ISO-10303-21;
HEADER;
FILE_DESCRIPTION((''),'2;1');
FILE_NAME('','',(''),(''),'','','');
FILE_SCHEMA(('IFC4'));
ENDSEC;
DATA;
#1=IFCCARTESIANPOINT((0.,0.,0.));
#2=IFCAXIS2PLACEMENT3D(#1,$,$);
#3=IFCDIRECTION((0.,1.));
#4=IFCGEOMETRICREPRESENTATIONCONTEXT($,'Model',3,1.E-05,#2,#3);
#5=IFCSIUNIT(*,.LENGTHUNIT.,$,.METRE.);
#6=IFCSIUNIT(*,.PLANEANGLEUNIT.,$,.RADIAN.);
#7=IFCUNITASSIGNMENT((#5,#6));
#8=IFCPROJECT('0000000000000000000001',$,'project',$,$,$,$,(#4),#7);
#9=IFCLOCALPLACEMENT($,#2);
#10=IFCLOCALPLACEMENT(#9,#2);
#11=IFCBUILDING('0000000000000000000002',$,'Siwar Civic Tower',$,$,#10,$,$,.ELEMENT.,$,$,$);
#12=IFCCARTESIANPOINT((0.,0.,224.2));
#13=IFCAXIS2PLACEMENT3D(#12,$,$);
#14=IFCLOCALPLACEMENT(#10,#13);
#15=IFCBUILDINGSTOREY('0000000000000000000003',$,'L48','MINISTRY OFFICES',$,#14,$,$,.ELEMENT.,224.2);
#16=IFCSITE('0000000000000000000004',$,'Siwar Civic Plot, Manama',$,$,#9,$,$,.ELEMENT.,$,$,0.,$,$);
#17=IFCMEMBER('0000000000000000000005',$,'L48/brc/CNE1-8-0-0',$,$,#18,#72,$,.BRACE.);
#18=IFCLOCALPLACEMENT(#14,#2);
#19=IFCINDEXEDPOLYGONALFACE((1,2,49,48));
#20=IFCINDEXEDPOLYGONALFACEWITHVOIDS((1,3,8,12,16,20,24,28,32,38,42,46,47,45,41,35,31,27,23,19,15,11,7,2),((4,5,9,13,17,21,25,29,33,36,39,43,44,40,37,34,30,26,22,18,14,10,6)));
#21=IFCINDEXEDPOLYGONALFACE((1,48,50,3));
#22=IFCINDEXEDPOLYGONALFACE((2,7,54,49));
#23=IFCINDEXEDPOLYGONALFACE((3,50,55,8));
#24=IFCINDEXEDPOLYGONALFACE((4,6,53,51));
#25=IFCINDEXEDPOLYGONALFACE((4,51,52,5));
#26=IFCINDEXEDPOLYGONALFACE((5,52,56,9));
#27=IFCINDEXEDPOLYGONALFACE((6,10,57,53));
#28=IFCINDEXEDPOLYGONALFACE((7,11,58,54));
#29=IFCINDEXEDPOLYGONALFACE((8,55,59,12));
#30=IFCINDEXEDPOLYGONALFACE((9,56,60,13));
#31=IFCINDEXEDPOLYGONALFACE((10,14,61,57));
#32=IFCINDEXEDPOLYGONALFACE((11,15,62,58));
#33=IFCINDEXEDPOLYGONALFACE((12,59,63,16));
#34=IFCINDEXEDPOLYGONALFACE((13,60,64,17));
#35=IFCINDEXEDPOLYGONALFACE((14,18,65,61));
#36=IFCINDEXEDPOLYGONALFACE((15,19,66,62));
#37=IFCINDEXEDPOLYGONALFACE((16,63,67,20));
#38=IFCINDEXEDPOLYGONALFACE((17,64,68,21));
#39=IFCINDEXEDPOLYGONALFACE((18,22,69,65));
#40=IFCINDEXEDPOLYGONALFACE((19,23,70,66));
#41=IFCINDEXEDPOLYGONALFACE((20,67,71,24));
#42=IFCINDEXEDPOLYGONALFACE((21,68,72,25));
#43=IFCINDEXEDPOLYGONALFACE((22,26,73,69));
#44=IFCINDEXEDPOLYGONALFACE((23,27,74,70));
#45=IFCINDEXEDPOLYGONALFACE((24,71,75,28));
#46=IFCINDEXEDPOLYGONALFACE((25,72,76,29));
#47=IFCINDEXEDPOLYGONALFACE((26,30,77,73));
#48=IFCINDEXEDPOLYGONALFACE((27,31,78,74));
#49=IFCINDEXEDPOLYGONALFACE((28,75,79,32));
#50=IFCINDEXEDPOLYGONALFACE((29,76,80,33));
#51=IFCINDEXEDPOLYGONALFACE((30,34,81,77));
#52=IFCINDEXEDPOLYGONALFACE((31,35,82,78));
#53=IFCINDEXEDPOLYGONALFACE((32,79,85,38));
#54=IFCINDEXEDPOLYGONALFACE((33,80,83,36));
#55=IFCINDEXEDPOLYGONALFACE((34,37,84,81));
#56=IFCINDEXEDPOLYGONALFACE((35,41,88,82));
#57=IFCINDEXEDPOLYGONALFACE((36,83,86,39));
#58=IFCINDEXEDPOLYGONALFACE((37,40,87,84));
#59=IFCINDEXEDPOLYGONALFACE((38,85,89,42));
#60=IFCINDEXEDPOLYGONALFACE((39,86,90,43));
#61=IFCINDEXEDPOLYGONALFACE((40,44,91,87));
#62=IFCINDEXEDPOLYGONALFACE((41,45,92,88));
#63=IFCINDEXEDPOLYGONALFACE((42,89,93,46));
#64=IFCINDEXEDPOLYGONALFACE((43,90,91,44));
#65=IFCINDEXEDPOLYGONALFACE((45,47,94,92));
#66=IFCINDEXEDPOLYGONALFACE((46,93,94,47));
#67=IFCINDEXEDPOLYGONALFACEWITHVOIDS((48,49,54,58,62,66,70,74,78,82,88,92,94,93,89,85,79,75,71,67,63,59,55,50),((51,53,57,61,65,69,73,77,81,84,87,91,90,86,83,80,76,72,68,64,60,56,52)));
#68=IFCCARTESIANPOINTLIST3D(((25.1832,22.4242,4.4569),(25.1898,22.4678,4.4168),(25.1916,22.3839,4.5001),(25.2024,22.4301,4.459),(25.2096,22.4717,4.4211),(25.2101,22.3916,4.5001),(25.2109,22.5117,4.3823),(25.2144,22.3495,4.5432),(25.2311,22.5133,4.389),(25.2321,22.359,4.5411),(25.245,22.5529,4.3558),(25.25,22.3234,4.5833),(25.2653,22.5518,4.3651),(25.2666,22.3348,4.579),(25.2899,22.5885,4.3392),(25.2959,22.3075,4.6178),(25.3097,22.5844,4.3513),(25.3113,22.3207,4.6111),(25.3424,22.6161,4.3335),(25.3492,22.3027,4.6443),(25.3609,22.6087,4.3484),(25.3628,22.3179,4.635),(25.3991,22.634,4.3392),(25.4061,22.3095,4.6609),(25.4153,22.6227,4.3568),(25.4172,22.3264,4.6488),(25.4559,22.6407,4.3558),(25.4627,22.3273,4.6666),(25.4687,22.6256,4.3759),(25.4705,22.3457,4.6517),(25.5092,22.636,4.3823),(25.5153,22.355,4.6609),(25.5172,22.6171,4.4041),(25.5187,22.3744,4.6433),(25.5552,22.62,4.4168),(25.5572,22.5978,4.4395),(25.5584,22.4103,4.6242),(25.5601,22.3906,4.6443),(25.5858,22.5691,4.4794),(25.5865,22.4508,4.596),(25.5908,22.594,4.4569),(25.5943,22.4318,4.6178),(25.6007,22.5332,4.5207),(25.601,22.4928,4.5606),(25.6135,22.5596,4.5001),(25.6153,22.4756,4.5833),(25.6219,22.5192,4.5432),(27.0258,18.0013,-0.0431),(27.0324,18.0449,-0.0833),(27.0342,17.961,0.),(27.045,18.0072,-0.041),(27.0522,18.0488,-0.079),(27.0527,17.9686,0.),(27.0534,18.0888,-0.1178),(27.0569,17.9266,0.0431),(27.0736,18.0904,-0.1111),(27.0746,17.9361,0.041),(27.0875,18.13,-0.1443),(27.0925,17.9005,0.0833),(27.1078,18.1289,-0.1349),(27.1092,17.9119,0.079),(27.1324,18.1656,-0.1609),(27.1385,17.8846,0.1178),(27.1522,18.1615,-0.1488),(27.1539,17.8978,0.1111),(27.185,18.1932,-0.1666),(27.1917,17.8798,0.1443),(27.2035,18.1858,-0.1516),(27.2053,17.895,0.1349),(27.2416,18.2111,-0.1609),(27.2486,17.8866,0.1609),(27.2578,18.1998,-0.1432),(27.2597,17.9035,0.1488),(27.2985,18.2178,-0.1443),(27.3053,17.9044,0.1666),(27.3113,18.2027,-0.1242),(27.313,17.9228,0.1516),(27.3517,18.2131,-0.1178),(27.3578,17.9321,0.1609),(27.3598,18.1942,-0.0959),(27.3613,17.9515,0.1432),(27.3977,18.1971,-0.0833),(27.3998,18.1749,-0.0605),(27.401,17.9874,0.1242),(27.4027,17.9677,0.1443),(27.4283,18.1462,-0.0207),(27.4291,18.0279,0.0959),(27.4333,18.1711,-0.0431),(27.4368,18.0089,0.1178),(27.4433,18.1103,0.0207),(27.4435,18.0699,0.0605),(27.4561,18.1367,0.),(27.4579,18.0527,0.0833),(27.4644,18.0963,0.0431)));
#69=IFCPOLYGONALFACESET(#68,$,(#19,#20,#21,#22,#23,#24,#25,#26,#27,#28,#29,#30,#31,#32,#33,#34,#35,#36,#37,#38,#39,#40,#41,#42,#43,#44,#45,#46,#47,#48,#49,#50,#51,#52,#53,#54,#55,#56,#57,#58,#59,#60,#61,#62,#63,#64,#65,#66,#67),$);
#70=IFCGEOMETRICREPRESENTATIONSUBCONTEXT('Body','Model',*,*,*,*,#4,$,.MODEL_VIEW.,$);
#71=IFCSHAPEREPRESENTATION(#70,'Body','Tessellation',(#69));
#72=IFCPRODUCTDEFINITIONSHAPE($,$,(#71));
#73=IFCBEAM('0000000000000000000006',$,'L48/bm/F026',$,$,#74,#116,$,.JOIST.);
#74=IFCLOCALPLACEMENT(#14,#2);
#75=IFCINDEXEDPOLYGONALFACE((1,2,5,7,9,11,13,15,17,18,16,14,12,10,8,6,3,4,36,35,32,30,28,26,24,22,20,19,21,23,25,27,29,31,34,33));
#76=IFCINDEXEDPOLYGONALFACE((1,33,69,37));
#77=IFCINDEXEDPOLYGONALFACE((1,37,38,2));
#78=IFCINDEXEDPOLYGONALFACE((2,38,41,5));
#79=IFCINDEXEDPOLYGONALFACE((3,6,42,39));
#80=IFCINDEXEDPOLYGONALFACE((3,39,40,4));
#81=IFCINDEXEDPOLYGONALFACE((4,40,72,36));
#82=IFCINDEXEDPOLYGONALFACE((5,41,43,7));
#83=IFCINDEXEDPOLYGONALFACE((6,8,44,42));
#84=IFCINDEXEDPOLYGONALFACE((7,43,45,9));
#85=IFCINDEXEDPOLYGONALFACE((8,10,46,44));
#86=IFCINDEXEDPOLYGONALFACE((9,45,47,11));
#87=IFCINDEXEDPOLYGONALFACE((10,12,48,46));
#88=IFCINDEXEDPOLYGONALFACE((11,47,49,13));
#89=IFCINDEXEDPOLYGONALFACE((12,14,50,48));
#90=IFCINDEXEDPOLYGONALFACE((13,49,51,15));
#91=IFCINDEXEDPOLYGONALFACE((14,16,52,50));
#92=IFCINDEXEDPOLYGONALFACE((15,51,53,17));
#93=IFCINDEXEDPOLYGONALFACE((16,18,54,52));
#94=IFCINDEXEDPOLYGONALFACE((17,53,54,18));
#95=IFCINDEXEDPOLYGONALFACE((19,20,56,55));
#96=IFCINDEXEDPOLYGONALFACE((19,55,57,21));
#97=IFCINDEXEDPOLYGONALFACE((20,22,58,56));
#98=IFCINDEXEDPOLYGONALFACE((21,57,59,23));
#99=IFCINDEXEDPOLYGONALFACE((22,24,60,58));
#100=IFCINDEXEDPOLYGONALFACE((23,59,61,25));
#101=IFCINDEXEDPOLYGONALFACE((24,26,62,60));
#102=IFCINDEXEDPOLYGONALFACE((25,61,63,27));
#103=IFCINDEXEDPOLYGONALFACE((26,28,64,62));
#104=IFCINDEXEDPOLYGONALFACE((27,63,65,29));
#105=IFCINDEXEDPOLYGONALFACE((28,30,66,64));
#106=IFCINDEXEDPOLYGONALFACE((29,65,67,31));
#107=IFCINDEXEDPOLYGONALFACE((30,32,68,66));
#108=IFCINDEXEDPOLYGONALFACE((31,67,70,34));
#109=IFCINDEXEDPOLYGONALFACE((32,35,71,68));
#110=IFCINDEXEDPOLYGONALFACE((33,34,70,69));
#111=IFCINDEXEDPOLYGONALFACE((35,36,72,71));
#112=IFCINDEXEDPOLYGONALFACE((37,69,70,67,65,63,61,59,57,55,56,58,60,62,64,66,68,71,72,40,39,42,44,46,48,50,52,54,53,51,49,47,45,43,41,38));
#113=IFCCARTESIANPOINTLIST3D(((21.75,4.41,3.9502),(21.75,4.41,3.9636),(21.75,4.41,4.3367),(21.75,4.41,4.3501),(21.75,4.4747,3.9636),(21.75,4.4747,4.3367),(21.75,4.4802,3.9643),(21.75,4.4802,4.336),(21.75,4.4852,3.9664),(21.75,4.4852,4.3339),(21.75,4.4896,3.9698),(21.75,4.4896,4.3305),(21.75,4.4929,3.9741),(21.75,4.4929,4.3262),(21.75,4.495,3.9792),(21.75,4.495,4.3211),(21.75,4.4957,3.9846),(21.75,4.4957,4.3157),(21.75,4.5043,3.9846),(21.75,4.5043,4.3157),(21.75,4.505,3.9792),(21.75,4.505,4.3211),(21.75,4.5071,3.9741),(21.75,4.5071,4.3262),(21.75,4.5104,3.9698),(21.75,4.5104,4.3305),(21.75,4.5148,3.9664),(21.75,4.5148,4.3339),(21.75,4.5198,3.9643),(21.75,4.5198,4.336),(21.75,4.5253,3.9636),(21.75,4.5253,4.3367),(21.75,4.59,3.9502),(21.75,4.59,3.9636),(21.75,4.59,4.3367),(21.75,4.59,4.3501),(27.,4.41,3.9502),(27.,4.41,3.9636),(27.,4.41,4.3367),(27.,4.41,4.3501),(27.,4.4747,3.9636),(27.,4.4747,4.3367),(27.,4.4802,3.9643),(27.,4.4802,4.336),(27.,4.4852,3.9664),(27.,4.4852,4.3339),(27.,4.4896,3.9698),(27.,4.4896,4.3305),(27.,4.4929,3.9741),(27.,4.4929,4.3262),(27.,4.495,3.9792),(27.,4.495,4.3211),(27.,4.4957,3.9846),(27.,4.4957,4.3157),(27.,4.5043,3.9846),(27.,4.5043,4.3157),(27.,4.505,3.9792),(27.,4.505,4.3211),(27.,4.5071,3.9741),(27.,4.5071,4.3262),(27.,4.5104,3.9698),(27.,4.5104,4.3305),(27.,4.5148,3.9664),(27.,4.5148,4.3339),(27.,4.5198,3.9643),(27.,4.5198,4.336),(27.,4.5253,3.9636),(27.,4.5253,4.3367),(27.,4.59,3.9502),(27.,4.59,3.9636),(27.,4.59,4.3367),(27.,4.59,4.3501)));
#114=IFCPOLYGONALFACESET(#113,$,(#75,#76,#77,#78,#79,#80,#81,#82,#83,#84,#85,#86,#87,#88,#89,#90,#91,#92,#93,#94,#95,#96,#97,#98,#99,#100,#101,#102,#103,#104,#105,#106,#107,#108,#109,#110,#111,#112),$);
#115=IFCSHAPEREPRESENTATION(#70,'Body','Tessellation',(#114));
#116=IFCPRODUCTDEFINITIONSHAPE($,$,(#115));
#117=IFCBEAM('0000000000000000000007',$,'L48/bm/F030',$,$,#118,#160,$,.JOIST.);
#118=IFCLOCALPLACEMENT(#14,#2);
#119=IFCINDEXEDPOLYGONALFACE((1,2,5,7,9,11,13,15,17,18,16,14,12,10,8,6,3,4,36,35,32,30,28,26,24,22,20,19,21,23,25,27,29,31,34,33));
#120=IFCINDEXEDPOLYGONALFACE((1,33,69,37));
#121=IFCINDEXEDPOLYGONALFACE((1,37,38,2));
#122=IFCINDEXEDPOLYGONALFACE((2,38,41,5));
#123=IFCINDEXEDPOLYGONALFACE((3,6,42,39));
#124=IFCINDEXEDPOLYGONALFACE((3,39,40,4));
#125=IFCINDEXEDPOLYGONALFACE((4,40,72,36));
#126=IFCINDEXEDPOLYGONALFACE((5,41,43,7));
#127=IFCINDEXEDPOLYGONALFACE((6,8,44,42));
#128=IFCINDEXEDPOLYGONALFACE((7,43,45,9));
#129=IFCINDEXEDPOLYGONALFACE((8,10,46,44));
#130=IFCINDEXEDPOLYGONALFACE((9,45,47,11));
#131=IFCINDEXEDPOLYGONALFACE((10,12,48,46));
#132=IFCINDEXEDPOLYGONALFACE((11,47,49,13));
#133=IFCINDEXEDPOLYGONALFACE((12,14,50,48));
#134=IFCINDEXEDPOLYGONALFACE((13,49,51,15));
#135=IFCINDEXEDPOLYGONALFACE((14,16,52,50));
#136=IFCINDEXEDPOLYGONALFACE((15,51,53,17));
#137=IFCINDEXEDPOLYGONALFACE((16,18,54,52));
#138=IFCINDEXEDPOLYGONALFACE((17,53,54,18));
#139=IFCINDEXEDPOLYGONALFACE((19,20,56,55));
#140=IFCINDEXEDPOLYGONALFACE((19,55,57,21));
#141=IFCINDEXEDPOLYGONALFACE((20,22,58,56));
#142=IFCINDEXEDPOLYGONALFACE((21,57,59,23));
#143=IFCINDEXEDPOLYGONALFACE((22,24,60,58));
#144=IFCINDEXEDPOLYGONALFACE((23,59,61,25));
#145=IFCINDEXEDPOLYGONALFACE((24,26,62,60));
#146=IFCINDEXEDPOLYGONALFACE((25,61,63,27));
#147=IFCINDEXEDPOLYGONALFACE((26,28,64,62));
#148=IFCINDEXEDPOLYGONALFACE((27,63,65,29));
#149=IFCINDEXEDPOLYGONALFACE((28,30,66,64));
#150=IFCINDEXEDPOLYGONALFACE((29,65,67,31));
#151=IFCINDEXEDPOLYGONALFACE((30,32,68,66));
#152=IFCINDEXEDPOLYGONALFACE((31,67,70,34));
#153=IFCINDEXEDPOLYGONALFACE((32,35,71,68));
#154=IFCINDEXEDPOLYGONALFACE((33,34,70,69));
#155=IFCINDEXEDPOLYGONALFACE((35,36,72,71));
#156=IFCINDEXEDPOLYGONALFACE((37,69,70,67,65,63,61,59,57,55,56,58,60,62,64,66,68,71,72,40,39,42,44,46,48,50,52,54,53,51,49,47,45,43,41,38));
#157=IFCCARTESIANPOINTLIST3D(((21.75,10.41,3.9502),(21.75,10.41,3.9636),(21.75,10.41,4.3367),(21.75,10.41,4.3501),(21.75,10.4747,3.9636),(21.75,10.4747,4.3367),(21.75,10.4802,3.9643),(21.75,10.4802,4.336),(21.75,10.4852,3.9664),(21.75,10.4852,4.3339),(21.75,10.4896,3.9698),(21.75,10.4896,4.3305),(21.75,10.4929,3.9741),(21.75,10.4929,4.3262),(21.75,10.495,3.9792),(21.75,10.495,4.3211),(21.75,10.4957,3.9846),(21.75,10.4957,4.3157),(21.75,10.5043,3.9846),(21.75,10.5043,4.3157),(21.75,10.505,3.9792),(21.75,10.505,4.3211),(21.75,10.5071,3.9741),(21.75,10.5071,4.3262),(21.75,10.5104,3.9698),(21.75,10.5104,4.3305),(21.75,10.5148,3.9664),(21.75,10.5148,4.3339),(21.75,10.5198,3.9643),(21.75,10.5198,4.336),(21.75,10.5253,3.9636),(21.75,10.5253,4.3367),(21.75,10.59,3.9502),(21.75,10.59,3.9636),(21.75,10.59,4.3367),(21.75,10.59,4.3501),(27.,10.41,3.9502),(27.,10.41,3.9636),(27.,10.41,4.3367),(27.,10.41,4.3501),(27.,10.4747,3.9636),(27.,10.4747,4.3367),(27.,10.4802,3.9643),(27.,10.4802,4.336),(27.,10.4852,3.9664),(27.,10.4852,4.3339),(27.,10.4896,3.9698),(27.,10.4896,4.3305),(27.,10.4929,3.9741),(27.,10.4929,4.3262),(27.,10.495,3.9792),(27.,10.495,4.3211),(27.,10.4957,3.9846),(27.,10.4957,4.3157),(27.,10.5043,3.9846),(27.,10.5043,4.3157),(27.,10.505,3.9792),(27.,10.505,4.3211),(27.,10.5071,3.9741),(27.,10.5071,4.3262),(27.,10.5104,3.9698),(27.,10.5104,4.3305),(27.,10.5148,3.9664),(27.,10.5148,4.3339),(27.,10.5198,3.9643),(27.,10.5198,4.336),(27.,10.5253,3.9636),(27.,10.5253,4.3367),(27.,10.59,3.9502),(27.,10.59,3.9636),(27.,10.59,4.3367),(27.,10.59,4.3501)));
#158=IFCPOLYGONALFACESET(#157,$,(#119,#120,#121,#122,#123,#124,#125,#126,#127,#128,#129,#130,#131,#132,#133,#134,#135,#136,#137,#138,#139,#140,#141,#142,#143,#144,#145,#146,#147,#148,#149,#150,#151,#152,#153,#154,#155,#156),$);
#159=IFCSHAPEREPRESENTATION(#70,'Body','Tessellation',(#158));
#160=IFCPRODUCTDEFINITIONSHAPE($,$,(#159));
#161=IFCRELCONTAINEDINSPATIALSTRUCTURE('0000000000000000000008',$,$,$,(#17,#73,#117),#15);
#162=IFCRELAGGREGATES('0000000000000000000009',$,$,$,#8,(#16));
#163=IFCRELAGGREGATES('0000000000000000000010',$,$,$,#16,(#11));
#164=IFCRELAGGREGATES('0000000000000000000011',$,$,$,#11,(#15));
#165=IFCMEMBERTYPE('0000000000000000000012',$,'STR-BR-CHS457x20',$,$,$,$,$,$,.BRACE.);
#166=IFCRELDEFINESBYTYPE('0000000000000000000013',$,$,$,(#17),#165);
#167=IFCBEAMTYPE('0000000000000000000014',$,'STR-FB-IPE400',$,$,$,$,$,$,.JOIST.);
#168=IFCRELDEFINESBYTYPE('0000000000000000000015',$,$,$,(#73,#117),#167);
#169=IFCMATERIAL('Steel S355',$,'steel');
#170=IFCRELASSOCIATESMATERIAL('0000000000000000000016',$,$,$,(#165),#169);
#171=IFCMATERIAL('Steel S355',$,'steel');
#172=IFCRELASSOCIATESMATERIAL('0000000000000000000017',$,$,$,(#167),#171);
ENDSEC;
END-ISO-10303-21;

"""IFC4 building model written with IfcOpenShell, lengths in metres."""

from ifc_helpers import new_model, si_unit, direction, frame, origin, origin_2d, place, context, subcontext, project, spatial, hollow_circle, i_section, extrude, material, material_profile, profile_set, type_object, element, save


model = new_model("IFC4")

# Units and contexts
model_context = context("Model", 3, precision=1e-05, world=origin(), true_north=direction((0.0, 1.0)))
body_context = subcontext(model_context, "Body", "Model", "MODEL_VIEW")
ifc_project = project(units=[si_unit("LENGTHUNIT", "METRE"), si_unit("PLANEANGLEUNIT", "RADIAN")], contexts=[model_context])

# Site, building, storey
site_placement = place(None, origin())
site = spatial("IfcSite", under=ifc_project, at=site_placement, Name="Siwar Civic Plot, Manama", CompositionType="ELEMENT", RefElevation=0.0)
building_placement = place(site_placement, origin())
building = spatial("IfcBuilding", under=site, at=building_placement, Name="Siwar Civic Tower", CompositionType="ELEMENT")
storey_placement = place(building_placement, frame((0.0, 0.0, 224.2)))
storey = spatial("IfcBuildingStorey", under=building, at=storey_placement, Name="L48", Description="MINISTRY OFFICES", CompositionType="ELEMENT", Elevation=224.2)

# Member
ifc_material_1 = material(Name="Steel S355", Category="steel")
ifc_material_profile_1 = material_profile(ifc_material_1, hollow_circle(Radius=0.2285, WallThickness=0.02, at=origin_2d()), Name="CHS457x20")
ifc_profile_set_1 = profile_set([ifc_material_profile_1], Name="Steel S355")
member_type_1 = type_object("IfcMemberType", Name="STR-BR-CHS457x20", PredefinedType="BRACE", material=ifc_profile_set_1)
member_1_placement = place(storey_placement, frame((27.2451, 18.0488, 0.0), z_axis=(-0.280311, 0.672865, 0.684601), x_axis=(-0.923101, -0.384557, 0.0)))
element("IfcMember", 1, at=member_1_placement, inside=storey, type_object=member_type_1, Name="L48/brc/CNE1-8-0-0", PredefinedType="BRACE", context=body_context, shape_type="SweptSolid", body=[
    extrude(hollow_circle(Radius=0.2285, WallThickness=0.02, at=origin_2d()), origin(), (0.0, 0.0, 1.0), 6.5732),
])

# Beams
ifc_material_2 = material(Name="Steel S355", Category="steel")
ifc_material_profile_2 = material_profile(ifc_material_2, i_section(OverallWidth=0.1799, OverallDepth=0.3999, WebThickness=0.0085, FlangeThickness=0.0134, FilletRadius=0.021, at=origin_2d()), Name="IPE400")
ifc_profile_set_2 = profile_set([ifc_material_profile_2], Name="Steel S355")
beam_type_1 = type_object("IfcBeamType", Name="STR-FB-IPE400", PredefinedType="JOIST", material=ifc_profile_set_2)
for number, where, z_axis, x_axis, name in (
    (2, (21.75, 4.5, 4.1501), (1.0, 0.0, 0.0), (0.0, 1.0, 0.0), "L48/bm/F026"),
    (3, (21.75, 10.5, 4.1501), (1.0, 0.0, 0.0), (0.0, 1.0, 0.0), "L48/bm/F030"),
):
    element("IfcBeam", number, at=place(storey_placement, frame(where, z_axis=z_axis, x_axis=x_axis)), inside=storey, type_object=beam_type_1, Name=name, PredefinedType="JOIST", context=body_context, shape_type="SweptSolid", body=[
        extrude(i_section(OverallWidth=0.1799, OverallDepth=0.3999, WebThickness=0.0085, FlangeThickness=0.0134, FilletRadius=0.021, at=origin_2d()), origin(), (0.0, 0.0, 1.0), 5.25),
    ])

save(model, "model.ifc")
